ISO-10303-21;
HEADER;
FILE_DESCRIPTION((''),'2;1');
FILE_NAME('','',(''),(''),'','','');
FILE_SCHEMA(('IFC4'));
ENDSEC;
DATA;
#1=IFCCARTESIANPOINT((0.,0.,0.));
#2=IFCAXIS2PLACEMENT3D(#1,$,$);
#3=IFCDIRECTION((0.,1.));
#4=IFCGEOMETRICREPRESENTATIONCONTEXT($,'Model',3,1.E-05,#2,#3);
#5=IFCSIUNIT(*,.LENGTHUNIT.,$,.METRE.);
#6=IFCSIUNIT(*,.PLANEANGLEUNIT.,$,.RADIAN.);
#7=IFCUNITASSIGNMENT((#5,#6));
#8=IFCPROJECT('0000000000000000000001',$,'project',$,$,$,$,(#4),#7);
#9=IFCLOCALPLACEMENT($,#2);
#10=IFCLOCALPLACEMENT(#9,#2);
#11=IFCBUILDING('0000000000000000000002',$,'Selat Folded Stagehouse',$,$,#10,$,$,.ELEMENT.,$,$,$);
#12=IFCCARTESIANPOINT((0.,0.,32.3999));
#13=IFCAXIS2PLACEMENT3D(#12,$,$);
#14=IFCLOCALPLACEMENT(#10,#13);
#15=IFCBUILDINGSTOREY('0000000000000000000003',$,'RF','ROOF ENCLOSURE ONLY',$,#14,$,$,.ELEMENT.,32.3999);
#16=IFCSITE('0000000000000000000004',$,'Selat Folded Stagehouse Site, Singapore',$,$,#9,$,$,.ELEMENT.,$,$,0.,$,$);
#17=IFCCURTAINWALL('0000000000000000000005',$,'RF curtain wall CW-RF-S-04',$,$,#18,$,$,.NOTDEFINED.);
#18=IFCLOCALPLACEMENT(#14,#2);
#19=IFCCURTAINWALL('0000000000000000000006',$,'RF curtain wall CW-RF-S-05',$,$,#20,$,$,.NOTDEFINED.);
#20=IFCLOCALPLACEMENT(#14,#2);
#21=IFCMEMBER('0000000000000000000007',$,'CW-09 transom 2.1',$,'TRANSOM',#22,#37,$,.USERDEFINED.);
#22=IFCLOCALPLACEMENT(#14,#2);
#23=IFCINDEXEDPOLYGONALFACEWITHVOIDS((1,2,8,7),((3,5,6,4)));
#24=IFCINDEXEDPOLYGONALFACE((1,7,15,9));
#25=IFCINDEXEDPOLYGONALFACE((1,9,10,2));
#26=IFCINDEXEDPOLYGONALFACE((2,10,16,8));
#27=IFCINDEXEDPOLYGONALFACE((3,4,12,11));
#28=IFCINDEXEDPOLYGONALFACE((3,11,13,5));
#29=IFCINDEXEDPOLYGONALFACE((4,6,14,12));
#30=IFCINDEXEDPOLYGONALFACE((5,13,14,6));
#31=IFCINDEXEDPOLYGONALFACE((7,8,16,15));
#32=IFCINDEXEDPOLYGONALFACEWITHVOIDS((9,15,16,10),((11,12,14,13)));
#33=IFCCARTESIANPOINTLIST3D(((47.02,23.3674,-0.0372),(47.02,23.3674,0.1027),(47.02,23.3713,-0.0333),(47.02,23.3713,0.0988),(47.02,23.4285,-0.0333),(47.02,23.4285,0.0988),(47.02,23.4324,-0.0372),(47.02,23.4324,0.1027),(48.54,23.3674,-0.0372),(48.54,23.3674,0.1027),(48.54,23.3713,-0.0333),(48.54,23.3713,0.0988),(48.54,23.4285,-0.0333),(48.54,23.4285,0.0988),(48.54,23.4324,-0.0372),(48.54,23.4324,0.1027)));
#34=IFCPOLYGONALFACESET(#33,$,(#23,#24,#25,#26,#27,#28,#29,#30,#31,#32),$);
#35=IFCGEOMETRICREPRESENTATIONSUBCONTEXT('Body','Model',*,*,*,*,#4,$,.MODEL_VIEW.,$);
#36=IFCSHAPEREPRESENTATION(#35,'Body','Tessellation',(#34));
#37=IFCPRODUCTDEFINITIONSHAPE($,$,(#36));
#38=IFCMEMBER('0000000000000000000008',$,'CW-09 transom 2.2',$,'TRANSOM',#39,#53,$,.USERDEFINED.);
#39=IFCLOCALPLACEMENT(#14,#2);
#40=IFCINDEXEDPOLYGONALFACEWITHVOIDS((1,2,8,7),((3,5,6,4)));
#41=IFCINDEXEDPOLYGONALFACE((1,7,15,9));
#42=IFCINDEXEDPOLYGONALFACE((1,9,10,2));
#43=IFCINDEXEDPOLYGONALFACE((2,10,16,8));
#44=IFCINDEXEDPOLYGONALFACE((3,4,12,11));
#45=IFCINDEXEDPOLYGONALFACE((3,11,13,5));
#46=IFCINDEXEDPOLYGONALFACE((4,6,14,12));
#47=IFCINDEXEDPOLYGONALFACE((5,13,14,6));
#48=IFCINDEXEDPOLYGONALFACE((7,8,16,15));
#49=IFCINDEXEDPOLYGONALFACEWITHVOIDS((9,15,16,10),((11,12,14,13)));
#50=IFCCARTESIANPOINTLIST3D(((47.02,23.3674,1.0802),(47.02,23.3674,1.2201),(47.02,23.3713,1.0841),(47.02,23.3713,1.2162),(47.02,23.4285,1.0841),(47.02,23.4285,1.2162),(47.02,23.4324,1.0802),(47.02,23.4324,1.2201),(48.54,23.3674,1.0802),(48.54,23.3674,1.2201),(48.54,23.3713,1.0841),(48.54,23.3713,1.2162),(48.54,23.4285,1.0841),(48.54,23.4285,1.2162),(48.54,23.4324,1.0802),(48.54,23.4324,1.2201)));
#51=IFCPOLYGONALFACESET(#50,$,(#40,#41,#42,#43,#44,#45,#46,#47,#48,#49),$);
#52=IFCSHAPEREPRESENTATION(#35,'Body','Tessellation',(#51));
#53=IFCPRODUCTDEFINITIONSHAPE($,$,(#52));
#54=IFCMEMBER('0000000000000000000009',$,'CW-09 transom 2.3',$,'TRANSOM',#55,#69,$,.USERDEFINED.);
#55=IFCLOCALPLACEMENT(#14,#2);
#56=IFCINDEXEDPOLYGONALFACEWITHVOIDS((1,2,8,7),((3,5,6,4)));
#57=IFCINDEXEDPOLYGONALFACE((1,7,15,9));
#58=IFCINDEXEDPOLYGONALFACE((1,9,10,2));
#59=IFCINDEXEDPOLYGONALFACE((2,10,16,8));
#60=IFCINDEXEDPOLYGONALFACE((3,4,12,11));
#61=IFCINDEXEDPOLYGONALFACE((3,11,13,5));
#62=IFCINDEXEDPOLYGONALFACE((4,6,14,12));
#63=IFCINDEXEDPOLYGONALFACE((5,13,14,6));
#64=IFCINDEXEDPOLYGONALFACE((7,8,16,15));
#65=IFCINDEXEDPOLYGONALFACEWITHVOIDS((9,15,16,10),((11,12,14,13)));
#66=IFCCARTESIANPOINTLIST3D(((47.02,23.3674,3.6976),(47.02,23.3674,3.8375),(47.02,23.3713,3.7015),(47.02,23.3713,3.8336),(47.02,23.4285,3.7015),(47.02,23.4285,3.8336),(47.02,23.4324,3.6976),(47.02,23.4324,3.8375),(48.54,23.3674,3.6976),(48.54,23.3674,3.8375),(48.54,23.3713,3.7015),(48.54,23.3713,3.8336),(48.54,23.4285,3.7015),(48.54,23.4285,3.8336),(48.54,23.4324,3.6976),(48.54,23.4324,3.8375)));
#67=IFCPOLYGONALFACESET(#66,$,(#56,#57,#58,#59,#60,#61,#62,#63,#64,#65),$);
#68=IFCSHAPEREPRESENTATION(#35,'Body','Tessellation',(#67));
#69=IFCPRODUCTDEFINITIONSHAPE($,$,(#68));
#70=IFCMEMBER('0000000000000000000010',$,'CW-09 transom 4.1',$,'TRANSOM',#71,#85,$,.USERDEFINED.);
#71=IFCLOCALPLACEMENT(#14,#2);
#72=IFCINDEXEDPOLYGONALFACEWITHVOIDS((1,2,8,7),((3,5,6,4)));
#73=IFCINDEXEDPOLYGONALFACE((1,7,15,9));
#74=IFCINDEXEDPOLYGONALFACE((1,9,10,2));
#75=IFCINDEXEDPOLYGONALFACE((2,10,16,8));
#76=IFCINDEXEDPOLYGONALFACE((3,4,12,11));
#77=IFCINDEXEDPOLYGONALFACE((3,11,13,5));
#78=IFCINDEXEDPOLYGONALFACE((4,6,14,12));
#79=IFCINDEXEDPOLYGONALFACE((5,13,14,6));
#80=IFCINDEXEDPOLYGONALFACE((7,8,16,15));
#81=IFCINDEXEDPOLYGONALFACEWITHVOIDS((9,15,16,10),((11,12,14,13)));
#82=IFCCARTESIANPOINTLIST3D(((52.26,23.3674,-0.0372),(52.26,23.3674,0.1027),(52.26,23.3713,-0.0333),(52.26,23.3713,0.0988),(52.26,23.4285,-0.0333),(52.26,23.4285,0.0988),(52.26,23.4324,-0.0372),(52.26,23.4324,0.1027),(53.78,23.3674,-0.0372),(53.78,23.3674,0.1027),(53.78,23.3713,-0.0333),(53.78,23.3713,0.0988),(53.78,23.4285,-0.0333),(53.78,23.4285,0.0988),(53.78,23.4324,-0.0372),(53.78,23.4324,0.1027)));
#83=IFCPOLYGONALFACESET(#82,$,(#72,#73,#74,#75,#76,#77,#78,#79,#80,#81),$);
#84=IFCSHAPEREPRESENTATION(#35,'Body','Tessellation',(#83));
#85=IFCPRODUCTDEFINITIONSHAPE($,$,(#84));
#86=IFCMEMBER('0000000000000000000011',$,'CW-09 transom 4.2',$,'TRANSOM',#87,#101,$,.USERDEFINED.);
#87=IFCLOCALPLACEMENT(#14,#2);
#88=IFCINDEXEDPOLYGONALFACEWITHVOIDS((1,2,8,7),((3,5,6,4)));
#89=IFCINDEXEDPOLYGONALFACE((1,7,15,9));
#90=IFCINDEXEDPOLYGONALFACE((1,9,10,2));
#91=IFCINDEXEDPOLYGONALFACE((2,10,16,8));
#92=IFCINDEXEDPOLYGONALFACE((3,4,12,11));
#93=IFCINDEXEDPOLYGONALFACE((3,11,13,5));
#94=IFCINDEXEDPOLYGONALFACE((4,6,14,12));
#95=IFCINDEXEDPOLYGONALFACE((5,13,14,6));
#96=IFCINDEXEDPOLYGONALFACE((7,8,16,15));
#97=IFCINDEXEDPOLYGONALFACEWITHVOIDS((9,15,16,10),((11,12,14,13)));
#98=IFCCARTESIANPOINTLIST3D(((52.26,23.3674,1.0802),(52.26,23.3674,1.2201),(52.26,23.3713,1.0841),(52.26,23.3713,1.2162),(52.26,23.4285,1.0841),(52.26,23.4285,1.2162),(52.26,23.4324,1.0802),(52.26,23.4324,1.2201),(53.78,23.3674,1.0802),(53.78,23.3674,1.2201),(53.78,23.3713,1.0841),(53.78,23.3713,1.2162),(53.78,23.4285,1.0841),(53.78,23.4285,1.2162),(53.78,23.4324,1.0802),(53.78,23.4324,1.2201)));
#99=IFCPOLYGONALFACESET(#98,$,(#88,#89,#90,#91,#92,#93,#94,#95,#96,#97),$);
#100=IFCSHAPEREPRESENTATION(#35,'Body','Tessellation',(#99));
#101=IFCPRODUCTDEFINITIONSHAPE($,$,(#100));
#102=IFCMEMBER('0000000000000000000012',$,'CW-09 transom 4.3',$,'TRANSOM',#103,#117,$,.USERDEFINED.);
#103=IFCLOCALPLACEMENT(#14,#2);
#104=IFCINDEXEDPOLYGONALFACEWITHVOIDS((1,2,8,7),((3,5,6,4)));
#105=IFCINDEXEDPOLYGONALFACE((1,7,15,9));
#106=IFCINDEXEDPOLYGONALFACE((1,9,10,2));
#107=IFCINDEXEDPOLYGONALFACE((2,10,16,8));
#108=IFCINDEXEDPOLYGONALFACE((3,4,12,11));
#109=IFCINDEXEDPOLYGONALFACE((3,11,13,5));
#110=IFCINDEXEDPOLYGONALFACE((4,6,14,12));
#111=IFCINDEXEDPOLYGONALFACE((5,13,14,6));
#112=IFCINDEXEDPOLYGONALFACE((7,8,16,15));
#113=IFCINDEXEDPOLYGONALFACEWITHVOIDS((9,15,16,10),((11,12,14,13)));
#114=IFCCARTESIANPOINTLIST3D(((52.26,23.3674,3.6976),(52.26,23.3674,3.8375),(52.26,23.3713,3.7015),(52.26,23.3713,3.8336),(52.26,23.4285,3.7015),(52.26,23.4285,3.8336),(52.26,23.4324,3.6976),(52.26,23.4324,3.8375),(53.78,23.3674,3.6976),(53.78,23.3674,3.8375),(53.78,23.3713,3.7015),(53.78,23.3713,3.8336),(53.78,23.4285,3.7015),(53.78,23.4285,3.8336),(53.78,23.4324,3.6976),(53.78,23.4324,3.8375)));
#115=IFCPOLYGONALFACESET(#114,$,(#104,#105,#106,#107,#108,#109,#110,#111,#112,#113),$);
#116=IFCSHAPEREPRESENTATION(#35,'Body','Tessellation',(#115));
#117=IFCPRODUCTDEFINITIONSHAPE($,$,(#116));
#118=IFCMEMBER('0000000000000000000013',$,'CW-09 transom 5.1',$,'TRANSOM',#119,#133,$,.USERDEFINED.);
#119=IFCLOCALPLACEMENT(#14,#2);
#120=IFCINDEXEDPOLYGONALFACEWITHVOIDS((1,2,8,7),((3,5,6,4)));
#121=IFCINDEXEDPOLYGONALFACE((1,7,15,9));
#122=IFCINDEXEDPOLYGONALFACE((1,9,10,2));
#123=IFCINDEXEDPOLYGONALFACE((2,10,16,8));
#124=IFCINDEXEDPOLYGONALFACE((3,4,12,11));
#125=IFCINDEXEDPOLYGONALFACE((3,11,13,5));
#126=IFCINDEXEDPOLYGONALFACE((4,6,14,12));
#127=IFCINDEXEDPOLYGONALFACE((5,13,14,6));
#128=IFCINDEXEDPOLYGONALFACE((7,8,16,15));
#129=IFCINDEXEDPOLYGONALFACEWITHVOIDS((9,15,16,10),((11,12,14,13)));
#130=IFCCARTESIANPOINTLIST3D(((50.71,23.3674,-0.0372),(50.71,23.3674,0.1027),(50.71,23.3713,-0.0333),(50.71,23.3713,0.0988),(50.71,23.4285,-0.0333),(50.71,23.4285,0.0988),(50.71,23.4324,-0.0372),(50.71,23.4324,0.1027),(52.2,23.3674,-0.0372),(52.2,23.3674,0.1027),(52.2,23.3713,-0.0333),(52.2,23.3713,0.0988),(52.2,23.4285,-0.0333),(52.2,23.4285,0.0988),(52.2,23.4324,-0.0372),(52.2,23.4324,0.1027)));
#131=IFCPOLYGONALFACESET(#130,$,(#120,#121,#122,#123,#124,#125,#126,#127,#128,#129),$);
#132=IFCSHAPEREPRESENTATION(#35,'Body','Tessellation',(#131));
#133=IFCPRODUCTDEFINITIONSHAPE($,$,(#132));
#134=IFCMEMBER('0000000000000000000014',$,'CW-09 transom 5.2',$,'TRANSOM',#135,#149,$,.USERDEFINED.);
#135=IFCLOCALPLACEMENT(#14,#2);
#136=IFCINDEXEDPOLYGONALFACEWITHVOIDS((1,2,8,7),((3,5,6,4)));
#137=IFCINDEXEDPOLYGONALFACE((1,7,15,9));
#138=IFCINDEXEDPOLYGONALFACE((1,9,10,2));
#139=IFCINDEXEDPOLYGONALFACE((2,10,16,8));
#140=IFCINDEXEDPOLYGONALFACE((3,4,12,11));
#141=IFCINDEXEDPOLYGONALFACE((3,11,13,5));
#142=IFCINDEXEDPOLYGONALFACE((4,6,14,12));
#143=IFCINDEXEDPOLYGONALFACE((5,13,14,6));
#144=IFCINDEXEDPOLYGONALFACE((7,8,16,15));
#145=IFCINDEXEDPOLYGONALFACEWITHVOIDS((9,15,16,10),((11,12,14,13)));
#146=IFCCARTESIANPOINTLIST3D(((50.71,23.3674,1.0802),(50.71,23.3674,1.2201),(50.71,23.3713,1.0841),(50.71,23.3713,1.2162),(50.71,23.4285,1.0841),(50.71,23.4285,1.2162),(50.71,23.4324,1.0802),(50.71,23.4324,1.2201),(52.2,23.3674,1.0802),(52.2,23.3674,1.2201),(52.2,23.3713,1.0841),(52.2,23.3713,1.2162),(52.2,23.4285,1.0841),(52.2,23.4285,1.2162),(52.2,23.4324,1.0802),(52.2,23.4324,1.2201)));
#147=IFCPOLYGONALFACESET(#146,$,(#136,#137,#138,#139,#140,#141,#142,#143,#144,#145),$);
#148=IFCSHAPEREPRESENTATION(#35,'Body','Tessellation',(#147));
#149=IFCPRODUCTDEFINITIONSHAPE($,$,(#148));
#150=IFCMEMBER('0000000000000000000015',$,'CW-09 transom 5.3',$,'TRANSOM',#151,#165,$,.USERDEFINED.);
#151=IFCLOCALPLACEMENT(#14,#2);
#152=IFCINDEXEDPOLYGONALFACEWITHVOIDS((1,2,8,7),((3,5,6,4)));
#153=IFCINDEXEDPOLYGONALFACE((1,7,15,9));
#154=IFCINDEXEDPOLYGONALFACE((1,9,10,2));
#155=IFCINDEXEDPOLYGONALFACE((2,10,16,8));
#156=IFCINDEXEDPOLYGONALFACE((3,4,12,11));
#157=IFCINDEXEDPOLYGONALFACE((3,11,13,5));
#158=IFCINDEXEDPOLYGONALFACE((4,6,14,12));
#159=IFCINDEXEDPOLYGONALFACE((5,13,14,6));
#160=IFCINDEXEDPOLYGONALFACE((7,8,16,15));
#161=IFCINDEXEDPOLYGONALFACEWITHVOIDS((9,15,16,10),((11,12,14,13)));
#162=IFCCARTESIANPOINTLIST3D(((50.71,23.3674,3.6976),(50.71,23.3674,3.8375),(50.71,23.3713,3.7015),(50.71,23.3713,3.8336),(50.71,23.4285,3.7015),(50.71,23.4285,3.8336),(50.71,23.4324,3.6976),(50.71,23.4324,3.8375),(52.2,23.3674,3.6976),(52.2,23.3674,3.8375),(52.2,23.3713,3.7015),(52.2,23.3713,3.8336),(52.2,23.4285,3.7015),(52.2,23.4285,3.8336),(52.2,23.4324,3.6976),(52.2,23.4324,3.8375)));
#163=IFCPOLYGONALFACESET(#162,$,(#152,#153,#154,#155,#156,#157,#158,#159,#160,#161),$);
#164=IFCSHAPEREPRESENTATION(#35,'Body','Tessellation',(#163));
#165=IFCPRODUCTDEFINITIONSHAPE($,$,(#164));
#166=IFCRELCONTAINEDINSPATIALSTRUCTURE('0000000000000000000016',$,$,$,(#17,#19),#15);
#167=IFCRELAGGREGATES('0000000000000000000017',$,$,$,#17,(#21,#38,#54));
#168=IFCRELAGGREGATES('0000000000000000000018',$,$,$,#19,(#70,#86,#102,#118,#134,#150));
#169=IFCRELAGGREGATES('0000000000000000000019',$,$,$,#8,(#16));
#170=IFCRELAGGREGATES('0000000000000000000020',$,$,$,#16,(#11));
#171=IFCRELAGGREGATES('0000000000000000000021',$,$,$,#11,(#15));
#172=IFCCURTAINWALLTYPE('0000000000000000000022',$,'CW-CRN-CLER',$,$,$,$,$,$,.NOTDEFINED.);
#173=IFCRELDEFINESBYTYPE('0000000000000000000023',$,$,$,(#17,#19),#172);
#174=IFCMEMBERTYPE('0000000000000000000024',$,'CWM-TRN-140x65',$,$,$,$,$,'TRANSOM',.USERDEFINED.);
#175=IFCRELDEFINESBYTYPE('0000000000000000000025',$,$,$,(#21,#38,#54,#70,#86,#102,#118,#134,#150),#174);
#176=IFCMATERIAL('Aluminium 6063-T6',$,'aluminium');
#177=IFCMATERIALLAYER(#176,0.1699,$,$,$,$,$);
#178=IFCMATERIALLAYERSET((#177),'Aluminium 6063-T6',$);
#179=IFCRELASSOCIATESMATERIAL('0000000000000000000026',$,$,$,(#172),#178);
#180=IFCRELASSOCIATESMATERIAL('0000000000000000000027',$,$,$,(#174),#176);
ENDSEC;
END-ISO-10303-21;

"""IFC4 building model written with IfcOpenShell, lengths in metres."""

from ifc_helpers import new_model, si_unit, direction, frame, origin, origin_2d, place, context, subcontext, project, spatial, hollow_rectangle, extrude, material, layer, layer_set, material_profile, profile_set, type_object, element, aggregate, save


model = new_model("IFC4")

# Units and contexts
model_context = context("Model", 3, precision=1e-05, world=origin(), true_north=direction((0.0, 1.0)))
body_context = subcontext(model_context, "Body", "Model", "MODEL_VIEW")
ifc_project = project(units=[si_unit("LENGTHUNIT", "METRE"), si_unit("PLANEANGLEUNIT", "RADIAN")], contexts=[model_context])

# Site, building, storey
site_placement = place(None, origin())
site = spatial("IfcSite", under=ifc_project, at=site_placement, Name="Selat Folded Stagehouse Site, Singapore", CompositionType="ELEMENT", RefElevation=0.0)
building_placement = place(site_placement, origin())
building = spatial("IfcBuilding", under=site, at=building_placement, Name="Selat Folded Stagehouse", CompositionType="ELEMENT")
storey_placement = place(building_placement, frame((0.0, 0.0, 32.3999)))
storey = spatial("IfcBuildingStorey", under=building, at=storey_placement, Name="RF", Description="ROOF ENCLOSURE ONLY", CompositionType="ELEMENT", Elevation=32.3999)

# Curtain walls
ifc_material_1 = material(Name="Aluminium 6063-T6", Category="aluminium")
ifc_layer_1 = layer(ifc_material_1, 0.1699)
ifc_layer_set_1 = layer_set([ifc_layer_1], Name="Aluminium 6063-T6")
curtain_wall_type = type_object("IfcCurtainWallType", Name="CW-CRN-CLER", PredefinedType="NOTDEFINED", material=ifc_layer_set_1)
curtain_wall_1_placement = place(storey_placement, origin())
curtain_wall_1 = element("IfcCurtainWall", 1, at=curtain_wall_1_placement, inside=storey, type_object=curtain_wall_type, Name="RF curtain wall CW-RF-S-04", PredefinedType="NOTDEFINED")
curtain_wall_2_placement = place(storey_placement, origin())
curtain_wall_2 = element("IfcCurtainWall", 2, at=curtain_wall_2_placement, inside=storey, type_object=curtain_wall_type, Name="RF curtain wall CW-RF-S-05", PredefinedType="NOTDEFINED")

# Members
ifc_material_profile_1 = material_profile(ifc_material_1, hollow_rectangle(XDim=0.0649, YDim=0.1399, WallThickness=0.0039, at=origin_2d()), Name="ALU 140x65x4.0")
ifc_profile_set_1 = profile_set([ifc_material_profile_1], Name="Aluminium 6063-T6")
member_type_1 = type_object("IfcMemberType", Name="CWM-TRN-140x65", ElementType="TRANSOM", PredefinedType="USERDEFINED", material=ifc_profile_set_1)
member_1_placement = place(storey_placement, frame((48.54, 23.3999, 0.0327), z_axis=(-1.0, 0.0, 0.0), x_axis=(0.0, -1.0, 0.0)))
member_1 = element("IfcMember", 3, at=member_1_placement, type_object=member_type_1, Name="CW-09 transom 2.1", ObjectType="TRANSOM", PredefinedType="USERDEFINED", context=body_context, shape_type="SweptSolid", body=[
    extrude(hollow_rectangle(XDim=0.0649, YDim=0.1399, WallThickness=0.0039, at=origin_2d()), origin(), (0.0, 0.0, 1.0), 1.52),
])
member_2_placement = place(storey_placement, frame((48.54, 23.3999, 1.1501), z_axis=(-1.0, 0.0, 0.0), x_axis=(0.0, -1.0, 0.0)))
member_2 = element("IfcMember", 4, at=member_2_placement, type_object=member_type_1, Name="CW-09 transom 2.2", ObjectType="TRANSOM", PredefinedType="USERDEFINED", context=body_context, shape_type="SweptSolid", body=[
    extrude(hollow_rectangle(XDim=0.0649, YDim=0.1399, WallThickness=0.0039, at=origin_2d()), origin(), (0.0, 0.0, 1.0), 1.52),
])
member_3_placement = place(storey_placement, frame((48.54, 23.3999, 3.7676), z_axis=(-1.0, 0.0, 0.0), x_axis=(0.0, -1.0, 0.0)))
member_3 = element("IfcMember", 5, at=member_3_placement, type_object=member_type_1, Name="CW-09 transom 2.3", ObjectType="TRANSOM", PredefinedType="USERDEFINED", context=body_context, shape_type="SweptSolid", body=[
    extrude(hollow_rectangle(XDim=0.0649, YDim=0.1399, WallThickness=0.0039, at=origin_2d()), origin(), (0.0, 0.0, 1.0), 1.52),
])
member_4_placement = place(storey_placement, frame((53.78, 23.3999, 0.0327), z_axis=(-1.0, 0.0, 0.0), x_axis=(0.0, -1.0, 0.0)))
member_4 = element("IfcMember", 6, at=member_4_placement, type_object=member_type_1, Name="CW-09 transom 4.1", ObjectType="TRANSOM", PredefinedType="USERDEFINED", context=body_context, shape_type="SweptSolid", body=[
    extrude(hollow_rectangle(XDim=0.0649, YDim=0.1399, WallThickness=0.0039, at=origin_2d()), origin(), (0.0, 0.0, 1.0), 1.52),
])
member_5_placement = place(storey_placement, frame((53.78, 23.3999, 1.1501), z_axis=(-1.0, 0.0, 0.0), x_axis=(0.0, -1.0, 0.0)))
member_5 = element("IfcMember", 7, at=member_5_placement, type_object=member_type_1, Name="CW-09 transom 4.2", ObjectType="TRANSOM", PredefinedType="USERDEFINED", context=body_context, shape_type="SweptSolid", body=[
    extrude(hollow_rectangle(XDim=0.0649, YDim=0.1399, WallThickness=0.0039, at=origin_2d()), origin(), (0.0, 0.0, 1.0), 1.52),
])
member_6_placement = place(storey_placement, frame((53.78, 23.3999, 3.7676), z_axis=(-1.0, 0.0, 0.0), x_axis=(0.0, -1.0, 0.0)))
member_6 = element("IfcMember", 8, at=member_6_placement, type_object=member_type_1, Name="CW-09 transom 4.3", ObjectType="TRANSOM", PredefinedType="USERDEFINED", context=body_context, shape_type="SweptSolid", body=[
    extrude(hollow_rectangle(XDim=0.0649, YDim=0.1399, WallThickness=0.0039, at=origin_2d()), origin(), (0.0, 0.0, 1.0), 1.52),
])
member_7_placement = place(storey_placement, frame((52.2, 23.3999, 0.0327), z_axis=(-1.0, 0.0, 0.0), x_axis=(0.0, -1.0, 0.0)))
member_7 = element("IfcMember", 9, at=member_7_placement, type_object=member_type_1, Name="CW-09 transom 5.1", ObjectType="TRANSOM", PredefinedType="USERDEFINED", context=body_context, shape_type="SweptSolid", body=[
    extrude(hollow_rectangle(XDim=0.0649, YDim=0.1399, WallThickness=0.0039, at=origin_2d()), origin(), (0.0, 0.0, 1.0), 1.49),
])
member_8_placement = place(storey_placement, frame((52.2, 23.3999, 1.1501), z_axis=(-1.0, 0.0, 0.0), x_axis=(0.0, -1.0, 0.0)))
member_8 = element("IfcMember", 10, at=member_8_placement, type_object=member_type_1, Name="CW-09 transom 5.2", ObjectType="TRANSOM", PredefinedType="USERDEFINED", context=body_context, shape_type="SweptSolid", body=[
    extrude(hollow_rectangle(XDim=0.0649, YDim=0.1399, WallThickness=0.0039, at=origin_2d()), origin(), (0.0, 0.0, 1.0), 1.49),
])
member_9_placement = place(storey_placement, frame((52.2, 23.3999, 3.7676), z_axis=(-1.0, 0.0, 0.0), x_axis=(0.0, -1.0, 0.0)))
member_9 = element("IfcMember", 11, at=member_9_placement, type_object=member_type_1, Name="CW-09 transom 5.3", ObjectType="TRANSOM", PredefinedType="USERDEFINED", context=body_context, shape_type="SweptSolid", body=[
    extrude(hollow_rectangle(XDim=0.0649, YDim=0.1399, WallThickness=0.0039, at=origin_2d()), origin(), (0.0, 0.0, 1.0), 1.49),
])

aggregate(curtain_wall_1, [member_1, member_2, member_3])
aggregate(curtain_wall_2, [member_4, member_5, member_6, member_7, member_8, member_9])

save(model, "model.ifc")
